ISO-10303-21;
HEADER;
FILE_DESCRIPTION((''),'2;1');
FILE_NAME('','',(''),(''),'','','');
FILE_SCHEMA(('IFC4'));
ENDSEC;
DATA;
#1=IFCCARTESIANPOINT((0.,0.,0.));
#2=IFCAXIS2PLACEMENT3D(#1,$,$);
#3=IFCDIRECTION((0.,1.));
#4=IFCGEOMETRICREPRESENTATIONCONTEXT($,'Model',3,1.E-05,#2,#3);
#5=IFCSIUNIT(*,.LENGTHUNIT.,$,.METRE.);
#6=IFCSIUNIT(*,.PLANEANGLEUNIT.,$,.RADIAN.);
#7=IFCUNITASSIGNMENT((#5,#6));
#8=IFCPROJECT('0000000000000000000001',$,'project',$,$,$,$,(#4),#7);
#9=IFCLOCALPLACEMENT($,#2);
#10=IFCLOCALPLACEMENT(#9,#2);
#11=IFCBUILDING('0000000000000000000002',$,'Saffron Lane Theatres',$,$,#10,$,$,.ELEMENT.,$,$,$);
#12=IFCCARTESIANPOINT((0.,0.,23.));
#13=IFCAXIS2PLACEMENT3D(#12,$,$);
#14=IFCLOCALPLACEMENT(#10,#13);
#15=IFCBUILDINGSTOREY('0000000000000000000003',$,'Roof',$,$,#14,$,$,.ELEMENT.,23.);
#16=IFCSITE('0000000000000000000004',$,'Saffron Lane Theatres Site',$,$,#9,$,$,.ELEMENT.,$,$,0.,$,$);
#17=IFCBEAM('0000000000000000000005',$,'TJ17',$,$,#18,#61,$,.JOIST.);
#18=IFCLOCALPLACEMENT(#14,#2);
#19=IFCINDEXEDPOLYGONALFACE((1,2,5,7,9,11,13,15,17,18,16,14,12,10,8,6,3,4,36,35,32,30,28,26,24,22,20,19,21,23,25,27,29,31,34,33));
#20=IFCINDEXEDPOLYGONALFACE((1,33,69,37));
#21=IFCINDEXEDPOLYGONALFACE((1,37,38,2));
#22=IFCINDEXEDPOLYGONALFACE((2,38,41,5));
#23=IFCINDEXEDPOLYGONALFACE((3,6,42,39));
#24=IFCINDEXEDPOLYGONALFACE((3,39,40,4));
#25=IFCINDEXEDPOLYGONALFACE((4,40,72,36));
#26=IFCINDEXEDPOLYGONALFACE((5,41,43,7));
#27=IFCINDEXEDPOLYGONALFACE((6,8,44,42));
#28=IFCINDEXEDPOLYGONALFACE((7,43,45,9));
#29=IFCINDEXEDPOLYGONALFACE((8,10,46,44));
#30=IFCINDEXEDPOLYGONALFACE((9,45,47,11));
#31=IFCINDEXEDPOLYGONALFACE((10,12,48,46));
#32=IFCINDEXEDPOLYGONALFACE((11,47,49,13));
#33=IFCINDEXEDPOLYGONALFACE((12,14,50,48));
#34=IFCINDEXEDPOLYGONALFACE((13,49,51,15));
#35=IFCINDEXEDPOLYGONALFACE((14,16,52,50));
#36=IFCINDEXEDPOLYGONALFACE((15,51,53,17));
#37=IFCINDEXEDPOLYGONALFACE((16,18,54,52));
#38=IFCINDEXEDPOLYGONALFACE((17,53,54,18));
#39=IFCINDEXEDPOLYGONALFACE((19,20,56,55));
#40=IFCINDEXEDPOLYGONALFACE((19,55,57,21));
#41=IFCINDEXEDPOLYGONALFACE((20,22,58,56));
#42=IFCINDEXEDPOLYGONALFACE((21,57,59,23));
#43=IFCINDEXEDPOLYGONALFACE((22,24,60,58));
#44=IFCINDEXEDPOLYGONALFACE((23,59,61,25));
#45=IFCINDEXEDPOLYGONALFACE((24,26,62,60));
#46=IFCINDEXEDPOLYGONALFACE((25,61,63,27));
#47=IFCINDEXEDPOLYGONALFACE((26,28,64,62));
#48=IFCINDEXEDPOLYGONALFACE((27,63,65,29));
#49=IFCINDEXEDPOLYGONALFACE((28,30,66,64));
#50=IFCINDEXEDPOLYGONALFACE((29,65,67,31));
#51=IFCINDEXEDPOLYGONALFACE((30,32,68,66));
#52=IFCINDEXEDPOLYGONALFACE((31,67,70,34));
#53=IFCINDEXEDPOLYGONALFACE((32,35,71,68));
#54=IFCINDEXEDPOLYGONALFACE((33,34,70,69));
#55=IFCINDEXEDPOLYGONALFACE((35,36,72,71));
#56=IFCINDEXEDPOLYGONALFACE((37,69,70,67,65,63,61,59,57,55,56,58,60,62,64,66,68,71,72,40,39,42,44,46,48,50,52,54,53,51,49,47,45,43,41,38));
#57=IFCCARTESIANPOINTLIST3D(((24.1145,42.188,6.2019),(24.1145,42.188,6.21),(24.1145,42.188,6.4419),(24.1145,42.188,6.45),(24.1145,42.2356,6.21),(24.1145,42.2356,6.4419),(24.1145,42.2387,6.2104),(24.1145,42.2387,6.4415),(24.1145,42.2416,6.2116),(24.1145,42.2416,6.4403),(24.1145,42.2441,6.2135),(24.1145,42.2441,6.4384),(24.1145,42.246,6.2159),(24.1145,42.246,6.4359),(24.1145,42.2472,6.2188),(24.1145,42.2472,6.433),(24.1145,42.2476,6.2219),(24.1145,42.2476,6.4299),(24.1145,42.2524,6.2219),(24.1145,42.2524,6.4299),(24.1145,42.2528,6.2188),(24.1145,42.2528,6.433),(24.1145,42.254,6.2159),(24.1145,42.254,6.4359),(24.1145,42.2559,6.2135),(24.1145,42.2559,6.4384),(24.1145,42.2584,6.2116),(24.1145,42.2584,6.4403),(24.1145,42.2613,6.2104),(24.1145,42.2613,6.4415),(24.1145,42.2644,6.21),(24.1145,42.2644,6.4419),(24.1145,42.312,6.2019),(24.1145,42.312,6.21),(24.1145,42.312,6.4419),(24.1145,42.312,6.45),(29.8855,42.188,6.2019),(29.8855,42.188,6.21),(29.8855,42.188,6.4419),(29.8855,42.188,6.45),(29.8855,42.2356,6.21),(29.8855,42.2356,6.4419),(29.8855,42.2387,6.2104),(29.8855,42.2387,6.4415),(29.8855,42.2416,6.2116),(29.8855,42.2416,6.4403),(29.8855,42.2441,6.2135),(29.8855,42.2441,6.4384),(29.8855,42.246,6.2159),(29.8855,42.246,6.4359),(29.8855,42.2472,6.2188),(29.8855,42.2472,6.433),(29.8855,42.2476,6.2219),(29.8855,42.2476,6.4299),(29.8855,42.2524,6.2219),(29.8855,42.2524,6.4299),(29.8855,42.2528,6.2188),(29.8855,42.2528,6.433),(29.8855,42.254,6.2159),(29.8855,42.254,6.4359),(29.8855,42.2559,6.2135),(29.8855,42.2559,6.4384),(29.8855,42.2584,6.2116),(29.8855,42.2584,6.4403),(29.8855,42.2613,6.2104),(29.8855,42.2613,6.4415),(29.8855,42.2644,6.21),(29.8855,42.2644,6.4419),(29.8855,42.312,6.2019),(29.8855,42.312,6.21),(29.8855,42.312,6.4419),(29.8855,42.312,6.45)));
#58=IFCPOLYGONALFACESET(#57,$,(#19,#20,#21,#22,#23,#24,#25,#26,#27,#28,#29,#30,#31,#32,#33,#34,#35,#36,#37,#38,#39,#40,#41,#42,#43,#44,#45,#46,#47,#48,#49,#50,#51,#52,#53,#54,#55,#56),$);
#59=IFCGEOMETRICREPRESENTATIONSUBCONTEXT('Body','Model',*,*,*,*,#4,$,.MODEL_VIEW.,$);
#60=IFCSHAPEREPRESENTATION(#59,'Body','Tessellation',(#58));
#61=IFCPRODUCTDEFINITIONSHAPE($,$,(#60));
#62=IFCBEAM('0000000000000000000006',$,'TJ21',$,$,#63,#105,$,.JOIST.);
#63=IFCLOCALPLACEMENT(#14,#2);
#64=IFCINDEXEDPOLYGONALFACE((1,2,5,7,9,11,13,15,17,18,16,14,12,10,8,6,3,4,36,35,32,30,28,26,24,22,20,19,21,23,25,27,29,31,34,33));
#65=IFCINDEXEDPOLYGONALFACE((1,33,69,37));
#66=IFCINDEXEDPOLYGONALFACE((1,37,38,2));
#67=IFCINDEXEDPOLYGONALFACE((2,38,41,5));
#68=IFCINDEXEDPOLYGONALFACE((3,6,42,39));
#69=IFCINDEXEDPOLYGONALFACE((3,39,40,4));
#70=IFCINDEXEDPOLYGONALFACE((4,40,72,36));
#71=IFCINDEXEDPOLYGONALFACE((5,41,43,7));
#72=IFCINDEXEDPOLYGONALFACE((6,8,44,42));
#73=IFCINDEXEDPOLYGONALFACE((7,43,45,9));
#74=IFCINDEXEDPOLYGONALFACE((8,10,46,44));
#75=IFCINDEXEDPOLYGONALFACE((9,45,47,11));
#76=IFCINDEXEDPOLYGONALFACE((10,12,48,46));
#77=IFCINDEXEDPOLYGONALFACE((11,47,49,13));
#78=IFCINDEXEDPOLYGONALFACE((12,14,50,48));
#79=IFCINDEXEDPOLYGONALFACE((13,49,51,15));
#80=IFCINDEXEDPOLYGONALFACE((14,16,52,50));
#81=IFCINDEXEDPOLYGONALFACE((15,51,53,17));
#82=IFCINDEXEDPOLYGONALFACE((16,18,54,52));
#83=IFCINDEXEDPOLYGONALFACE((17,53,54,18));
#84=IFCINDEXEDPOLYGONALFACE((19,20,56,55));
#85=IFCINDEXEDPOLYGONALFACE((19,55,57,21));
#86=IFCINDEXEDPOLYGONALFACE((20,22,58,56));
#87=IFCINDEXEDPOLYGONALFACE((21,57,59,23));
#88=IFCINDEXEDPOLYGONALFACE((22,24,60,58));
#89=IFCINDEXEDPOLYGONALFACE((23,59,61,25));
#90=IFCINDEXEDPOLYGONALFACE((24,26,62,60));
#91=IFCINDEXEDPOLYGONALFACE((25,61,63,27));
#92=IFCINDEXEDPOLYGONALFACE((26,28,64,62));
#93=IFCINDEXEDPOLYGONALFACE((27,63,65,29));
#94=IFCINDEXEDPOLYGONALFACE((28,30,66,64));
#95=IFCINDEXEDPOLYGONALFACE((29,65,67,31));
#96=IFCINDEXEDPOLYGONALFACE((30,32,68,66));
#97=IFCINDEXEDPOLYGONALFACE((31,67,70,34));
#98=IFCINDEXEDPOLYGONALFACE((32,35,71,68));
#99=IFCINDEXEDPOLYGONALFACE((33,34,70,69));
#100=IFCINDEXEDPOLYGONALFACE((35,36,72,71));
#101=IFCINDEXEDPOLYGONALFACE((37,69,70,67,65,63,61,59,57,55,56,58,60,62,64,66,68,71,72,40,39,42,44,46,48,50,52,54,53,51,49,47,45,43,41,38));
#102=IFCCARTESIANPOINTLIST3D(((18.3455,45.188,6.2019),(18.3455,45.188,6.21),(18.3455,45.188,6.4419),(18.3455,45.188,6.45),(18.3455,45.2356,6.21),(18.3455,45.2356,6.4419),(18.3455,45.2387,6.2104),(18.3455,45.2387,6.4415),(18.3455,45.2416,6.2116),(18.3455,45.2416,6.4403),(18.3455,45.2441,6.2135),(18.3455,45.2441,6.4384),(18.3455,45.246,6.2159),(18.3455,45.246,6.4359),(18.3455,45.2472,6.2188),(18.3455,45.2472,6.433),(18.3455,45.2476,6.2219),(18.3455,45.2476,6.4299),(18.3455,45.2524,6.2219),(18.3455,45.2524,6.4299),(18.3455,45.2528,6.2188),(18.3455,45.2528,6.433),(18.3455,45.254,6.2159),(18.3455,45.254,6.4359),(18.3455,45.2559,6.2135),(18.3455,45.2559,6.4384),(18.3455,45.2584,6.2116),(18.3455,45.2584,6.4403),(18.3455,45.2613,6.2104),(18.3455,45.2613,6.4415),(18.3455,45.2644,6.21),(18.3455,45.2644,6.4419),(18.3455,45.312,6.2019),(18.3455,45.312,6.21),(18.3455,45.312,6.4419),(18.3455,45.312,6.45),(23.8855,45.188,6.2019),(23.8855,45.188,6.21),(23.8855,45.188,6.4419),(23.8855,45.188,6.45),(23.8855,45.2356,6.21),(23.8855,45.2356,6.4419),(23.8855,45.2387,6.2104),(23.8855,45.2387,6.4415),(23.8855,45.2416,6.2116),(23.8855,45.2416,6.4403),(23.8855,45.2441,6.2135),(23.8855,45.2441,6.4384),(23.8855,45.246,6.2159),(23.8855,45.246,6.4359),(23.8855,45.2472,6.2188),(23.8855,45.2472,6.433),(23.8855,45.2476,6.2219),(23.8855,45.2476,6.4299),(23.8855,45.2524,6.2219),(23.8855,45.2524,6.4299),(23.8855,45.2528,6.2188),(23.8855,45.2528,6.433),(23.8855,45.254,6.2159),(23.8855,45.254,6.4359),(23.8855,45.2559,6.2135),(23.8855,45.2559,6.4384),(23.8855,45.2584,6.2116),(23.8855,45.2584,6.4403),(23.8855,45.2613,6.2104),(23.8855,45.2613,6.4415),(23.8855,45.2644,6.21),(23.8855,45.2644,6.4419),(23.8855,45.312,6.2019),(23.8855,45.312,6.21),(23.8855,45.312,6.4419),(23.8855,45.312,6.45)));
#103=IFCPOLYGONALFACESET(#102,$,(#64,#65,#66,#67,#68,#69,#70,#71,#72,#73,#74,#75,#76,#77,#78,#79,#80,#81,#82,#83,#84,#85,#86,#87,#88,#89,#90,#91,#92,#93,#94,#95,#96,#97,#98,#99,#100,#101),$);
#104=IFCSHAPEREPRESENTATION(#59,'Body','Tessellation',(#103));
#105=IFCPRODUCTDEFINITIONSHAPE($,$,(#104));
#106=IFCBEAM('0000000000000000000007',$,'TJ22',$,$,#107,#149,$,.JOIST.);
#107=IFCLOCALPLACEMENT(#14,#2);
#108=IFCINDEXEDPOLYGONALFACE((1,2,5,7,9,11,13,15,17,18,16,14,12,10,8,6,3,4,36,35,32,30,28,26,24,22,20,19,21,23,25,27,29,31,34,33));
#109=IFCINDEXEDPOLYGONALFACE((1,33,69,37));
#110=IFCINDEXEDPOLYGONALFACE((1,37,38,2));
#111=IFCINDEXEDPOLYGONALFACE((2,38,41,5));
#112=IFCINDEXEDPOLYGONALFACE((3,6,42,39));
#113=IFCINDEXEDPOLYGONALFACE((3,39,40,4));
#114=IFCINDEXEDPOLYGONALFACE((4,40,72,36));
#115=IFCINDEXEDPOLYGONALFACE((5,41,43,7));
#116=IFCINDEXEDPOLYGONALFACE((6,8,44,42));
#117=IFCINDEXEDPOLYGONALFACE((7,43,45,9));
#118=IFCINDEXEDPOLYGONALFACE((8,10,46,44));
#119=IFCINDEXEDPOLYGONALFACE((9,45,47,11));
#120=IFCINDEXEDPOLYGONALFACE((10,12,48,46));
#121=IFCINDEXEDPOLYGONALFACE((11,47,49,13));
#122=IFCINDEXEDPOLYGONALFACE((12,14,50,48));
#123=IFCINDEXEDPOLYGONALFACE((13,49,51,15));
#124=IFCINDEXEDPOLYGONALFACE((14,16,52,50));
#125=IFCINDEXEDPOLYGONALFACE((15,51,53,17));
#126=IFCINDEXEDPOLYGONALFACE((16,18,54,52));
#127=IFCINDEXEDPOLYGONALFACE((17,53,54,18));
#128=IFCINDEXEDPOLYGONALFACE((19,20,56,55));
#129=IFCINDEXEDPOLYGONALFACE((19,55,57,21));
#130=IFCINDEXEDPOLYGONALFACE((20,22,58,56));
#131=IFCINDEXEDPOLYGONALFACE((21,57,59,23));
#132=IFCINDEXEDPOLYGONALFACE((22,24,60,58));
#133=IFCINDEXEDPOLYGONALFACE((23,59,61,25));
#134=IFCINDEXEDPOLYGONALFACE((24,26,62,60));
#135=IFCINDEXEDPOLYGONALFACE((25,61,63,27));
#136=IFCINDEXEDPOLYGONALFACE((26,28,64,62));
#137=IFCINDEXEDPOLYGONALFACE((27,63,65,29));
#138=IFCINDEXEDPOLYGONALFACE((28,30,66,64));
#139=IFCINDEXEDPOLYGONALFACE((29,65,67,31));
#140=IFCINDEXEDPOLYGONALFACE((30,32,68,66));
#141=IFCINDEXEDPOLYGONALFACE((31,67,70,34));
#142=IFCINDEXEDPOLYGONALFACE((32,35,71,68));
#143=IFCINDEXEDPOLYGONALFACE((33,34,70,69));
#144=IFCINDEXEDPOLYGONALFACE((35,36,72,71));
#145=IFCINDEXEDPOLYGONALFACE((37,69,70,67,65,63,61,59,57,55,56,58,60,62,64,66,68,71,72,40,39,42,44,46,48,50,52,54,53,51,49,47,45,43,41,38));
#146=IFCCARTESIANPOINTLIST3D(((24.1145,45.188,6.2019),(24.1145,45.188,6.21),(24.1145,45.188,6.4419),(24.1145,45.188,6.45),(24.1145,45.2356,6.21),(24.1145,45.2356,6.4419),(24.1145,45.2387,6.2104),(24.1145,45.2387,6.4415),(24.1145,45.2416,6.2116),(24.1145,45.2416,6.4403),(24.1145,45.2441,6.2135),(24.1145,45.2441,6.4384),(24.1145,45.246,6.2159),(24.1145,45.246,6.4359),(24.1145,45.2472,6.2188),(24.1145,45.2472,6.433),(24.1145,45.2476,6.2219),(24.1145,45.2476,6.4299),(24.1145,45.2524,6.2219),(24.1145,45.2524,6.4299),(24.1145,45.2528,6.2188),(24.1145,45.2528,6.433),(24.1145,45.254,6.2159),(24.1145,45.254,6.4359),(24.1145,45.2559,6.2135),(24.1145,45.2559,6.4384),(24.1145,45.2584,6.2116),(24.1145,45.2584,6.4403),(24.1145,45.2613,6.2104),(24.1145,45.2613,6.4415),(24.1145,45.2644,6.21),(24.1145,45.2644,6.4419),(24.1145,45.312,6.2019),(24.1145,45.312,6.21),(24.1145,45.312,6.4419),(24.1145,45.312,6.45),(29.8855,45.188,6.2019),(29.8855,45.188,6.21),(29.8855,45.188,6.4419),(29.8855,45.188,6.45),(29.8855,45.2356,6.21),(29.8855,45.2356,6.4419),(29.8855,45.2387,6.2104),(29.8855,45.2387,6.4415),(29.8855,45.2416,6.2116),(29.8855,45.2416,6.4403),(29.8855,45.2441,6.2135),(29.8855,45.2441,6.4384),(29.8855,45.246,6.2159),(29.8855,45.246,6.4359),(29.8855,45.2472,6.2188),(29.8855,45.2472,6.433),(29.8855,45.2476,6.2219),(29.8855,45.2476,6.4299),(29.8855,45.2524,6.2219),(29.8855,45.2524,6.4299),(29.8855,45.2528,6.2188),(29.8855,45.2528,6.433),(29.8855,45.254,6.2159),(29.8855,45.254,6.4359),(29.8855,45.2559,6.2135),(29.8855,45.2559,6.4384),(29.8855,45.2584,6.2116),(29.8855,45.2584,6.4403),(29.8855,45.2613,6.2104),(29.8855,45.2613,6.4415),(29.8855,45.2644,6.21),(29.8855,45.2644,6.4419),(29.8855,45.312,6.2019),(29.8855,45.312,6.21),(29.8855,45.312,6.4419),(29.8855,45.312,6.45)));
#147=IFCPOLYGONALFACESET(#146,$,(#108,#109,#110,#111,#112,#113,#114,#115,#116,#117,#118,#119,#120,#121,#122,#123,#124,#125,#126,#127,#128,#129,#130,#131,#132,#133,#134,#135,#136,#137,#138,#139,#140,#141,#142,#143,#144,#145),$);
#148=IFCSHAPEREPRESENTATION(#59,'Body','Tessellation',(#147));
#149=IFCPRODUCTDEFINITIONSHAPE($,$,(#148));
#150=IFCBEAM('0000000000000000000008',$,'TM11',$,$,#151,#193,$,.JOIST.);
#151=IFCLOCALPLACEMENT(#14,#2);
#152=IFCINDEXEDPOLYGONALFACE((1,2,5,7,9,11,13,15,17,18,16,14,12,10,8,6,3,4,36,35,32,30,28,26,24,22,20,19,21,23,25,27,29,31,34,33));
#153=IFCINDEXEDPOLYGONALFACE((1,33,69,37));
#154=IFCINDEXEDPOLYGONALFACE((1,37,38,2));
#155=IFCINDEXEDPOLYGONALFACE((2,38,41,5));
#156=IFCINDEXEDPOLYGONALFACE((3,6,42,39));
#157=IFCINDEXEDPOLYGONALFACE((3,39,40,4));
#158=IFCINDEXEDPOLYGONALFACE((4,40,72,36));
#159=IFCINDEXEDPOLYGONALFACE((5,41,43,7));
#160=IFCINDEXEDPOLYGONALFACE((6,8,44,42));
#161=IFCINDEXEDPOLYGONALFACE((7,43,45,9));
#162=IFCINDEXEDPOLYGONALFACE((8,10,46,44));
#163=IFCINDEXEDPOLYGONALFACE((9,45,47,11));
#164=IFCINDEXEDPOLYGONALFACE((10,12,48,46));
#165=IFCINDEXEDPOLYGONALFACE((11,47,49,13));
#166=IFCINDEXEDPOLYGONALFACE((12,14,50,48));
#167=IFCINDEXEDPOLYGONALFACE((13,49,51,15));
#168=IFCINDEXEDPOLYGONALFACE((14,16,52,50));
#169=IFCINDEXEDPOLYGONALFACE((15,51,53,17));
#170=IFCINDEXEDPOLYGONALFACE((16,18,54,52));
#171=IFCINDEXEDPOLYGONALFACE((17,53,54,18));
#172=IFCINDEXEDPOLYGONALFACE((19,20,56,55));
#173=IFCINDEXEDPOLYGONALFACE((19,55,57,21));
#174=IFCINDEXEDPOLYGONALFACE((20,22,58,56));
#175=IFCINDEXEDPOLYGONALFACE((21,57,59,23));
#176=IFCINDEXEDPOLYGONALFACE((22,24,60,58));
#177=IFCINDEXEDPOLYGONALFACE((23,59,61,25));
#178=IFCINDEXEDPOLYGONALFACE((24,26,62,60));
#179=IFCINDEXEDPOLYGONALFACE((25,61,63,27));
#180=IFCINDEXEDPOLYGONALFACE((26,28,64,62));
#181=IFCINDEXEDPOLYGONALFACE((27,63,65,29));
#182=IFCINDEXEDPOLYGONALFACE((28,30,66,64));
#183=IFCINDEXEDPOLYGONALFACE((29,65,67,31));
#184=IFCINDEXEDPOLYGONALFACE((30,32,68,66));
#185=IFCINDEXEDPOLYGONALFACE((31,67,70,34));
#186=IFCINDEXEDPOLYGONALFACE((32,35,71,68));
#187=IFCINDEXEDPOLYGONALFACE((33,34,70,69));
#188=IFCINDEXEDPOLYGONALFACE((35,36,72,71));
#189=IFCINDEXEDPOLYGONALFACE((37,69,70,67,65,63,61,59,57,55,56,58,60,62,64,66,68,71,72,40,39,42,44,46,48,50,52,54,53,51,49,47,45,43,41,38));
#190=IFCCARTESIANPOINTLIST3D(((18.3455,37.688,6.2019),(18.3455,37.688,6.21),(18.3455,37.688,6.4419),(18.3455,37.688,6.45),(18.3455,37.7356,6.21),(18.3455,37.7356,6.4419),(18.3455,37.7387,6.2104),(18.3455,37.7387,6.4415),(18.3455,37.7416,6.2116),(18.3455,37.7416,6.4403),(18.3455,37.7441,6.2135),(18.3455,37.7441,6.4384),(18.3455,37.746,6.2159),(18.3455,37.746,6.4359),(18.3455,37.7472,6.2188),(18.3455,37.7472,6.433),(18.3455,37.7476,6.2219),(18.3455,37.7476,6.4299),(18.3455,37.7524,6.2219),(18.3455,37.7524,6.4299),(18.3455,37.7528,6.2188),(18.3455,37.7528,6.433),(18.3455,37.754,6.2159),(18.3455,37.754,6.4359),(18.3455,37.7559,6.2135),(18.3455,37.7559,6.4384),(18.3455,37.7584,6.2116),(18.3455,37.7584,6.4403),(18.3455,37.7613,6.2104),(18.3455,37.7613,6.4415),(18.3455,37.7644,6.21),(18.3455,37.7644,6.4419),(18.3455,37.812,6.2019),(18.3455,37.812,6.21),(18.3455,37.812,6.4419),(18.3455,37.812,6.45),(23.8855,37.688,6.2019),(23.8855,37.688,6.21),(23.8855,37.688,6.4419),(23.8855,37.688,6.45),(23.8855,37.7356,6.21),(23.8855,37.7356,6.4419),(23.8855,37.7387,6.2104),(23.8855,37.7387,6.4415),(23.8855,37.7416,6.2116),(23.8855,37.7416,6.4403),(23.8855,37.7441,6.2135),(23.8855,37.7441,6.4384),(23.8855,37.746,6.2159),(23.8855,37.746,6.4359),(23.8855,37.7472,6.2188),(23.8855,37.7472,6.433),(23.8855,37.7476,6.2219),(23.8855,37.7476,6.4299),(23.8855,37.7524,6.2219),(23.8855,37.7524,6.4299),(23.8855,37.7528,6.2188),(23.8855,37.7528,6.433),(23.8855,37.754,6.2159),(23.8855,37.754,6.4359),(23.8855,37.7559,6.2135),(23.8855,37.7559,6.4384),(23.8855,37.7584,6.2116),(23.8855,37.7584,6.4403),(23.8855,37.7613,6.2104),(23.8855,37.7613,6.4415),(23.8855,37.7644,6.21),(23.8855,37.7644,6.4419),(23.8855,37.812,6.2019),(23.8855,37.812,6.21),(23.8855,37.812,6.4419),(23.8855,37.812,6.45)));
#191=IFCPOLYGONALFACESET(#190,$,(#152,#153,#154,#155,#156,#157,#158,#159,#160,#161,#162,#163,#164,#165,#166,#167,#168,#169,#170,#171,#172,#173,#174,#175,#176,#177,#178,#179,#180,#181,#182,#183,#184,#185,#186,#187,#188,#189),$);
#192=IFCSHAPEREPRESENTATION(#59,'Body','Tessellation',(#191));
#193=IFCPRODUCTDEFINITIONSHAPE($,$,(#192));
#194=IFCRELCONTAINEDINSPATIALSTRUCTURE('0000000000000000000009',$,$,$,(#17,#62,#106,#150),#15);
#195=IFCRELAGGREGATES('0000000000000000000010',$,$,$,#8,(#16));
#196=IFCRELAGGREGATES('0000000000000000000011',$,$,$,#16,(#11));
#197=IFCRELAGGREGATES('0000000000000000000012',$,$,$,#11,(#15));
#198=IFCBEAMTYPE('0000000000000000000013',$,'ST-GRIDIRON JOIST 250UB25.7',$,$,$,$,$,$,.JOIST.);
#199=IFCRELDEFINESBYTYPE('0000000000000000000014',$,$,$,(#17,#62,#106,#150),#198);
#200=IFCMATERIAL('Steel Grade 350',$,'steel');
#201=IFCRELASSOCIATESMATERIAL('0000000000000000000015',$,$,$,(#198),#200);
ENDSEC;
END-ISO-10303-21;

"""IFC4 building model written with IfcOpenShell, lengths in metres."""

from ifc_helpers import new_model, si_unit, direction, frame, origin, origin_2d, place, context, subcontext, project, spatial, i_section, extrude, material, material_profile, profile_set, type_object, element, save


model = new_model("IFC4")

# Units and contexts
model_context = context("Model", 3, precision=1e-05, world=origin(), true_north=direction((0.0, 1.0)))
body_context = subcontext(model_context, "Body", "Model", "MODEL_VIEW")
ifc_project = project(units=[si_unit("LENGTHUNIT", "METRE"), si_unit("PLANEANGLEUNIT", "RADIAN")], contexts=[model_context])

# Site, building, storey
site_placement = place(None, origin())
site = spatial("IfcSite", under=ifc_project, at=site_placement, Name="Saffron Lane Theatres Site", CompositionType="ELEMENT", RefElevation=0.0)
building_placement = place(site_placement, origin())
building = spatial("IfcBuilding", under=site, at=building_placement, Name="Saffron Lane Theatres", CompositionType="ELEMENT")
storey_placement = place(building_placement, frame((0.0, 0.0, 23.0)))
storey = spatial("IfcBuildingStorey", under=building, at=storey_placement, Name="Roof", CompositionType="ELEMENT", Elevation=23.0)

# Beams
ifc_material_1 = material(Name="Steel Grade 350", Category="steel")
ifc_material_profile_1 = material_profile(ifc_material_1, i_section(OverallWidth=0.124, OverallDepth=0.248, WebThickness=0.0049, FlangeThickness=0.0081, FilletRadius=0.012, at=origin_2d()))
ifc_profile_set_1 = profile_set([ifc_material_profile_1], Name="Steel Grade 350")
beam_type_1 = type_object("IfcBeamType", Name="ST-GRIDIRON JOIST 250UB25.7", PredefinedType="JOIST", material=ifc_profile_set_1)
beam_1_placement = place(storey_placement, frame((24.1145, 42.25, 6.3259), z_axis=(1.0, 0.0, 0.0), x_axis=(0.0, 1.0, 0.0)))
element("IfcBeam", 1, at=beam_1_placement, inside=storey, type_object=beam_type_1, Name="TJ17", PredefinedType="JOIST", context=body_context, shape_type="SweptSolid", body=[
    extrude(i_section(OverallWidth=0.124, OverallDepth=0.248, WebThickness=0.0049, FlangeThickness=0.0081, FilletRadius=0.012, at=origin_2d()), origin(), (0.0, 0.0, 1.0), 5.771),
])
beam_2_placement = place(storey_placement, frame((18.3455, 45.25, 6.3259), z_axis=(1.0, 0.0, 0.0), x_axis=(0.0, 1.0, 0.0)))
element("IfcBeam", 2, at=beam_2_placement, inside=storey, type_object=beam_type_1, Name="TJ21", PredefinedType="JOIST", context=body_context, shape_type="SweptSolid", body=[
    extrude(i_section(OverallWidth=0.124, OverallDepth=0.248, WebThickness=0.0049, FlangeThickness=0.0081, FilletRadius=0.012, at=origin_2d()), origin(), (0.0, 0.0, 1.0), 5.54),
])
beam_3_placement = place(storey_placement, frame((24.1145, 45.25, 6.3259), z_axis=(1.0, 0.0, 0.0), x_axis=(0.0, 1.0, 0.0)))
element("IfcBeam", 3, at=beam_3_placement, inside=storey, type_object=beam_type_1, Name="TJ22", PredefinedType="JOIST", context=body_context, shape_type="SweptSolid", body=[
    extrude(i_section(OverallWidth=0.124, OverallDepth=0.248, WebThickness=0.0049, FlangeThickness=0.0081, FilletRadius=0.012, at=origin_2d()), origin(), (0.0, 0.0, 1.0), 5.771),
])
beam_4_placement = place(storey_placement, frame((18.3455, 37.75, 6.3259), z_axis=(1.0, 0.0, 0.0), x_axis=(0.0, 1.0, 0.0)))
element("IfcBeam", 4, at=beam_4_placement, inside=storey, type_object=beam_type_1, Name="TM11", PredefinedType="JOIST", context=body_context, shape_type="SweptSolid", body=[
    extrude(i_section(OverallWidth=0.124, OverallDepth=0.248, WebThickness=0.0049, FlangeThickness=0.0081, FilletRadius=0.012, at=origin_2d()), origin(), (0.0, 0.0, 1.0), 5.54),
])

save(model, "model.ifc")
